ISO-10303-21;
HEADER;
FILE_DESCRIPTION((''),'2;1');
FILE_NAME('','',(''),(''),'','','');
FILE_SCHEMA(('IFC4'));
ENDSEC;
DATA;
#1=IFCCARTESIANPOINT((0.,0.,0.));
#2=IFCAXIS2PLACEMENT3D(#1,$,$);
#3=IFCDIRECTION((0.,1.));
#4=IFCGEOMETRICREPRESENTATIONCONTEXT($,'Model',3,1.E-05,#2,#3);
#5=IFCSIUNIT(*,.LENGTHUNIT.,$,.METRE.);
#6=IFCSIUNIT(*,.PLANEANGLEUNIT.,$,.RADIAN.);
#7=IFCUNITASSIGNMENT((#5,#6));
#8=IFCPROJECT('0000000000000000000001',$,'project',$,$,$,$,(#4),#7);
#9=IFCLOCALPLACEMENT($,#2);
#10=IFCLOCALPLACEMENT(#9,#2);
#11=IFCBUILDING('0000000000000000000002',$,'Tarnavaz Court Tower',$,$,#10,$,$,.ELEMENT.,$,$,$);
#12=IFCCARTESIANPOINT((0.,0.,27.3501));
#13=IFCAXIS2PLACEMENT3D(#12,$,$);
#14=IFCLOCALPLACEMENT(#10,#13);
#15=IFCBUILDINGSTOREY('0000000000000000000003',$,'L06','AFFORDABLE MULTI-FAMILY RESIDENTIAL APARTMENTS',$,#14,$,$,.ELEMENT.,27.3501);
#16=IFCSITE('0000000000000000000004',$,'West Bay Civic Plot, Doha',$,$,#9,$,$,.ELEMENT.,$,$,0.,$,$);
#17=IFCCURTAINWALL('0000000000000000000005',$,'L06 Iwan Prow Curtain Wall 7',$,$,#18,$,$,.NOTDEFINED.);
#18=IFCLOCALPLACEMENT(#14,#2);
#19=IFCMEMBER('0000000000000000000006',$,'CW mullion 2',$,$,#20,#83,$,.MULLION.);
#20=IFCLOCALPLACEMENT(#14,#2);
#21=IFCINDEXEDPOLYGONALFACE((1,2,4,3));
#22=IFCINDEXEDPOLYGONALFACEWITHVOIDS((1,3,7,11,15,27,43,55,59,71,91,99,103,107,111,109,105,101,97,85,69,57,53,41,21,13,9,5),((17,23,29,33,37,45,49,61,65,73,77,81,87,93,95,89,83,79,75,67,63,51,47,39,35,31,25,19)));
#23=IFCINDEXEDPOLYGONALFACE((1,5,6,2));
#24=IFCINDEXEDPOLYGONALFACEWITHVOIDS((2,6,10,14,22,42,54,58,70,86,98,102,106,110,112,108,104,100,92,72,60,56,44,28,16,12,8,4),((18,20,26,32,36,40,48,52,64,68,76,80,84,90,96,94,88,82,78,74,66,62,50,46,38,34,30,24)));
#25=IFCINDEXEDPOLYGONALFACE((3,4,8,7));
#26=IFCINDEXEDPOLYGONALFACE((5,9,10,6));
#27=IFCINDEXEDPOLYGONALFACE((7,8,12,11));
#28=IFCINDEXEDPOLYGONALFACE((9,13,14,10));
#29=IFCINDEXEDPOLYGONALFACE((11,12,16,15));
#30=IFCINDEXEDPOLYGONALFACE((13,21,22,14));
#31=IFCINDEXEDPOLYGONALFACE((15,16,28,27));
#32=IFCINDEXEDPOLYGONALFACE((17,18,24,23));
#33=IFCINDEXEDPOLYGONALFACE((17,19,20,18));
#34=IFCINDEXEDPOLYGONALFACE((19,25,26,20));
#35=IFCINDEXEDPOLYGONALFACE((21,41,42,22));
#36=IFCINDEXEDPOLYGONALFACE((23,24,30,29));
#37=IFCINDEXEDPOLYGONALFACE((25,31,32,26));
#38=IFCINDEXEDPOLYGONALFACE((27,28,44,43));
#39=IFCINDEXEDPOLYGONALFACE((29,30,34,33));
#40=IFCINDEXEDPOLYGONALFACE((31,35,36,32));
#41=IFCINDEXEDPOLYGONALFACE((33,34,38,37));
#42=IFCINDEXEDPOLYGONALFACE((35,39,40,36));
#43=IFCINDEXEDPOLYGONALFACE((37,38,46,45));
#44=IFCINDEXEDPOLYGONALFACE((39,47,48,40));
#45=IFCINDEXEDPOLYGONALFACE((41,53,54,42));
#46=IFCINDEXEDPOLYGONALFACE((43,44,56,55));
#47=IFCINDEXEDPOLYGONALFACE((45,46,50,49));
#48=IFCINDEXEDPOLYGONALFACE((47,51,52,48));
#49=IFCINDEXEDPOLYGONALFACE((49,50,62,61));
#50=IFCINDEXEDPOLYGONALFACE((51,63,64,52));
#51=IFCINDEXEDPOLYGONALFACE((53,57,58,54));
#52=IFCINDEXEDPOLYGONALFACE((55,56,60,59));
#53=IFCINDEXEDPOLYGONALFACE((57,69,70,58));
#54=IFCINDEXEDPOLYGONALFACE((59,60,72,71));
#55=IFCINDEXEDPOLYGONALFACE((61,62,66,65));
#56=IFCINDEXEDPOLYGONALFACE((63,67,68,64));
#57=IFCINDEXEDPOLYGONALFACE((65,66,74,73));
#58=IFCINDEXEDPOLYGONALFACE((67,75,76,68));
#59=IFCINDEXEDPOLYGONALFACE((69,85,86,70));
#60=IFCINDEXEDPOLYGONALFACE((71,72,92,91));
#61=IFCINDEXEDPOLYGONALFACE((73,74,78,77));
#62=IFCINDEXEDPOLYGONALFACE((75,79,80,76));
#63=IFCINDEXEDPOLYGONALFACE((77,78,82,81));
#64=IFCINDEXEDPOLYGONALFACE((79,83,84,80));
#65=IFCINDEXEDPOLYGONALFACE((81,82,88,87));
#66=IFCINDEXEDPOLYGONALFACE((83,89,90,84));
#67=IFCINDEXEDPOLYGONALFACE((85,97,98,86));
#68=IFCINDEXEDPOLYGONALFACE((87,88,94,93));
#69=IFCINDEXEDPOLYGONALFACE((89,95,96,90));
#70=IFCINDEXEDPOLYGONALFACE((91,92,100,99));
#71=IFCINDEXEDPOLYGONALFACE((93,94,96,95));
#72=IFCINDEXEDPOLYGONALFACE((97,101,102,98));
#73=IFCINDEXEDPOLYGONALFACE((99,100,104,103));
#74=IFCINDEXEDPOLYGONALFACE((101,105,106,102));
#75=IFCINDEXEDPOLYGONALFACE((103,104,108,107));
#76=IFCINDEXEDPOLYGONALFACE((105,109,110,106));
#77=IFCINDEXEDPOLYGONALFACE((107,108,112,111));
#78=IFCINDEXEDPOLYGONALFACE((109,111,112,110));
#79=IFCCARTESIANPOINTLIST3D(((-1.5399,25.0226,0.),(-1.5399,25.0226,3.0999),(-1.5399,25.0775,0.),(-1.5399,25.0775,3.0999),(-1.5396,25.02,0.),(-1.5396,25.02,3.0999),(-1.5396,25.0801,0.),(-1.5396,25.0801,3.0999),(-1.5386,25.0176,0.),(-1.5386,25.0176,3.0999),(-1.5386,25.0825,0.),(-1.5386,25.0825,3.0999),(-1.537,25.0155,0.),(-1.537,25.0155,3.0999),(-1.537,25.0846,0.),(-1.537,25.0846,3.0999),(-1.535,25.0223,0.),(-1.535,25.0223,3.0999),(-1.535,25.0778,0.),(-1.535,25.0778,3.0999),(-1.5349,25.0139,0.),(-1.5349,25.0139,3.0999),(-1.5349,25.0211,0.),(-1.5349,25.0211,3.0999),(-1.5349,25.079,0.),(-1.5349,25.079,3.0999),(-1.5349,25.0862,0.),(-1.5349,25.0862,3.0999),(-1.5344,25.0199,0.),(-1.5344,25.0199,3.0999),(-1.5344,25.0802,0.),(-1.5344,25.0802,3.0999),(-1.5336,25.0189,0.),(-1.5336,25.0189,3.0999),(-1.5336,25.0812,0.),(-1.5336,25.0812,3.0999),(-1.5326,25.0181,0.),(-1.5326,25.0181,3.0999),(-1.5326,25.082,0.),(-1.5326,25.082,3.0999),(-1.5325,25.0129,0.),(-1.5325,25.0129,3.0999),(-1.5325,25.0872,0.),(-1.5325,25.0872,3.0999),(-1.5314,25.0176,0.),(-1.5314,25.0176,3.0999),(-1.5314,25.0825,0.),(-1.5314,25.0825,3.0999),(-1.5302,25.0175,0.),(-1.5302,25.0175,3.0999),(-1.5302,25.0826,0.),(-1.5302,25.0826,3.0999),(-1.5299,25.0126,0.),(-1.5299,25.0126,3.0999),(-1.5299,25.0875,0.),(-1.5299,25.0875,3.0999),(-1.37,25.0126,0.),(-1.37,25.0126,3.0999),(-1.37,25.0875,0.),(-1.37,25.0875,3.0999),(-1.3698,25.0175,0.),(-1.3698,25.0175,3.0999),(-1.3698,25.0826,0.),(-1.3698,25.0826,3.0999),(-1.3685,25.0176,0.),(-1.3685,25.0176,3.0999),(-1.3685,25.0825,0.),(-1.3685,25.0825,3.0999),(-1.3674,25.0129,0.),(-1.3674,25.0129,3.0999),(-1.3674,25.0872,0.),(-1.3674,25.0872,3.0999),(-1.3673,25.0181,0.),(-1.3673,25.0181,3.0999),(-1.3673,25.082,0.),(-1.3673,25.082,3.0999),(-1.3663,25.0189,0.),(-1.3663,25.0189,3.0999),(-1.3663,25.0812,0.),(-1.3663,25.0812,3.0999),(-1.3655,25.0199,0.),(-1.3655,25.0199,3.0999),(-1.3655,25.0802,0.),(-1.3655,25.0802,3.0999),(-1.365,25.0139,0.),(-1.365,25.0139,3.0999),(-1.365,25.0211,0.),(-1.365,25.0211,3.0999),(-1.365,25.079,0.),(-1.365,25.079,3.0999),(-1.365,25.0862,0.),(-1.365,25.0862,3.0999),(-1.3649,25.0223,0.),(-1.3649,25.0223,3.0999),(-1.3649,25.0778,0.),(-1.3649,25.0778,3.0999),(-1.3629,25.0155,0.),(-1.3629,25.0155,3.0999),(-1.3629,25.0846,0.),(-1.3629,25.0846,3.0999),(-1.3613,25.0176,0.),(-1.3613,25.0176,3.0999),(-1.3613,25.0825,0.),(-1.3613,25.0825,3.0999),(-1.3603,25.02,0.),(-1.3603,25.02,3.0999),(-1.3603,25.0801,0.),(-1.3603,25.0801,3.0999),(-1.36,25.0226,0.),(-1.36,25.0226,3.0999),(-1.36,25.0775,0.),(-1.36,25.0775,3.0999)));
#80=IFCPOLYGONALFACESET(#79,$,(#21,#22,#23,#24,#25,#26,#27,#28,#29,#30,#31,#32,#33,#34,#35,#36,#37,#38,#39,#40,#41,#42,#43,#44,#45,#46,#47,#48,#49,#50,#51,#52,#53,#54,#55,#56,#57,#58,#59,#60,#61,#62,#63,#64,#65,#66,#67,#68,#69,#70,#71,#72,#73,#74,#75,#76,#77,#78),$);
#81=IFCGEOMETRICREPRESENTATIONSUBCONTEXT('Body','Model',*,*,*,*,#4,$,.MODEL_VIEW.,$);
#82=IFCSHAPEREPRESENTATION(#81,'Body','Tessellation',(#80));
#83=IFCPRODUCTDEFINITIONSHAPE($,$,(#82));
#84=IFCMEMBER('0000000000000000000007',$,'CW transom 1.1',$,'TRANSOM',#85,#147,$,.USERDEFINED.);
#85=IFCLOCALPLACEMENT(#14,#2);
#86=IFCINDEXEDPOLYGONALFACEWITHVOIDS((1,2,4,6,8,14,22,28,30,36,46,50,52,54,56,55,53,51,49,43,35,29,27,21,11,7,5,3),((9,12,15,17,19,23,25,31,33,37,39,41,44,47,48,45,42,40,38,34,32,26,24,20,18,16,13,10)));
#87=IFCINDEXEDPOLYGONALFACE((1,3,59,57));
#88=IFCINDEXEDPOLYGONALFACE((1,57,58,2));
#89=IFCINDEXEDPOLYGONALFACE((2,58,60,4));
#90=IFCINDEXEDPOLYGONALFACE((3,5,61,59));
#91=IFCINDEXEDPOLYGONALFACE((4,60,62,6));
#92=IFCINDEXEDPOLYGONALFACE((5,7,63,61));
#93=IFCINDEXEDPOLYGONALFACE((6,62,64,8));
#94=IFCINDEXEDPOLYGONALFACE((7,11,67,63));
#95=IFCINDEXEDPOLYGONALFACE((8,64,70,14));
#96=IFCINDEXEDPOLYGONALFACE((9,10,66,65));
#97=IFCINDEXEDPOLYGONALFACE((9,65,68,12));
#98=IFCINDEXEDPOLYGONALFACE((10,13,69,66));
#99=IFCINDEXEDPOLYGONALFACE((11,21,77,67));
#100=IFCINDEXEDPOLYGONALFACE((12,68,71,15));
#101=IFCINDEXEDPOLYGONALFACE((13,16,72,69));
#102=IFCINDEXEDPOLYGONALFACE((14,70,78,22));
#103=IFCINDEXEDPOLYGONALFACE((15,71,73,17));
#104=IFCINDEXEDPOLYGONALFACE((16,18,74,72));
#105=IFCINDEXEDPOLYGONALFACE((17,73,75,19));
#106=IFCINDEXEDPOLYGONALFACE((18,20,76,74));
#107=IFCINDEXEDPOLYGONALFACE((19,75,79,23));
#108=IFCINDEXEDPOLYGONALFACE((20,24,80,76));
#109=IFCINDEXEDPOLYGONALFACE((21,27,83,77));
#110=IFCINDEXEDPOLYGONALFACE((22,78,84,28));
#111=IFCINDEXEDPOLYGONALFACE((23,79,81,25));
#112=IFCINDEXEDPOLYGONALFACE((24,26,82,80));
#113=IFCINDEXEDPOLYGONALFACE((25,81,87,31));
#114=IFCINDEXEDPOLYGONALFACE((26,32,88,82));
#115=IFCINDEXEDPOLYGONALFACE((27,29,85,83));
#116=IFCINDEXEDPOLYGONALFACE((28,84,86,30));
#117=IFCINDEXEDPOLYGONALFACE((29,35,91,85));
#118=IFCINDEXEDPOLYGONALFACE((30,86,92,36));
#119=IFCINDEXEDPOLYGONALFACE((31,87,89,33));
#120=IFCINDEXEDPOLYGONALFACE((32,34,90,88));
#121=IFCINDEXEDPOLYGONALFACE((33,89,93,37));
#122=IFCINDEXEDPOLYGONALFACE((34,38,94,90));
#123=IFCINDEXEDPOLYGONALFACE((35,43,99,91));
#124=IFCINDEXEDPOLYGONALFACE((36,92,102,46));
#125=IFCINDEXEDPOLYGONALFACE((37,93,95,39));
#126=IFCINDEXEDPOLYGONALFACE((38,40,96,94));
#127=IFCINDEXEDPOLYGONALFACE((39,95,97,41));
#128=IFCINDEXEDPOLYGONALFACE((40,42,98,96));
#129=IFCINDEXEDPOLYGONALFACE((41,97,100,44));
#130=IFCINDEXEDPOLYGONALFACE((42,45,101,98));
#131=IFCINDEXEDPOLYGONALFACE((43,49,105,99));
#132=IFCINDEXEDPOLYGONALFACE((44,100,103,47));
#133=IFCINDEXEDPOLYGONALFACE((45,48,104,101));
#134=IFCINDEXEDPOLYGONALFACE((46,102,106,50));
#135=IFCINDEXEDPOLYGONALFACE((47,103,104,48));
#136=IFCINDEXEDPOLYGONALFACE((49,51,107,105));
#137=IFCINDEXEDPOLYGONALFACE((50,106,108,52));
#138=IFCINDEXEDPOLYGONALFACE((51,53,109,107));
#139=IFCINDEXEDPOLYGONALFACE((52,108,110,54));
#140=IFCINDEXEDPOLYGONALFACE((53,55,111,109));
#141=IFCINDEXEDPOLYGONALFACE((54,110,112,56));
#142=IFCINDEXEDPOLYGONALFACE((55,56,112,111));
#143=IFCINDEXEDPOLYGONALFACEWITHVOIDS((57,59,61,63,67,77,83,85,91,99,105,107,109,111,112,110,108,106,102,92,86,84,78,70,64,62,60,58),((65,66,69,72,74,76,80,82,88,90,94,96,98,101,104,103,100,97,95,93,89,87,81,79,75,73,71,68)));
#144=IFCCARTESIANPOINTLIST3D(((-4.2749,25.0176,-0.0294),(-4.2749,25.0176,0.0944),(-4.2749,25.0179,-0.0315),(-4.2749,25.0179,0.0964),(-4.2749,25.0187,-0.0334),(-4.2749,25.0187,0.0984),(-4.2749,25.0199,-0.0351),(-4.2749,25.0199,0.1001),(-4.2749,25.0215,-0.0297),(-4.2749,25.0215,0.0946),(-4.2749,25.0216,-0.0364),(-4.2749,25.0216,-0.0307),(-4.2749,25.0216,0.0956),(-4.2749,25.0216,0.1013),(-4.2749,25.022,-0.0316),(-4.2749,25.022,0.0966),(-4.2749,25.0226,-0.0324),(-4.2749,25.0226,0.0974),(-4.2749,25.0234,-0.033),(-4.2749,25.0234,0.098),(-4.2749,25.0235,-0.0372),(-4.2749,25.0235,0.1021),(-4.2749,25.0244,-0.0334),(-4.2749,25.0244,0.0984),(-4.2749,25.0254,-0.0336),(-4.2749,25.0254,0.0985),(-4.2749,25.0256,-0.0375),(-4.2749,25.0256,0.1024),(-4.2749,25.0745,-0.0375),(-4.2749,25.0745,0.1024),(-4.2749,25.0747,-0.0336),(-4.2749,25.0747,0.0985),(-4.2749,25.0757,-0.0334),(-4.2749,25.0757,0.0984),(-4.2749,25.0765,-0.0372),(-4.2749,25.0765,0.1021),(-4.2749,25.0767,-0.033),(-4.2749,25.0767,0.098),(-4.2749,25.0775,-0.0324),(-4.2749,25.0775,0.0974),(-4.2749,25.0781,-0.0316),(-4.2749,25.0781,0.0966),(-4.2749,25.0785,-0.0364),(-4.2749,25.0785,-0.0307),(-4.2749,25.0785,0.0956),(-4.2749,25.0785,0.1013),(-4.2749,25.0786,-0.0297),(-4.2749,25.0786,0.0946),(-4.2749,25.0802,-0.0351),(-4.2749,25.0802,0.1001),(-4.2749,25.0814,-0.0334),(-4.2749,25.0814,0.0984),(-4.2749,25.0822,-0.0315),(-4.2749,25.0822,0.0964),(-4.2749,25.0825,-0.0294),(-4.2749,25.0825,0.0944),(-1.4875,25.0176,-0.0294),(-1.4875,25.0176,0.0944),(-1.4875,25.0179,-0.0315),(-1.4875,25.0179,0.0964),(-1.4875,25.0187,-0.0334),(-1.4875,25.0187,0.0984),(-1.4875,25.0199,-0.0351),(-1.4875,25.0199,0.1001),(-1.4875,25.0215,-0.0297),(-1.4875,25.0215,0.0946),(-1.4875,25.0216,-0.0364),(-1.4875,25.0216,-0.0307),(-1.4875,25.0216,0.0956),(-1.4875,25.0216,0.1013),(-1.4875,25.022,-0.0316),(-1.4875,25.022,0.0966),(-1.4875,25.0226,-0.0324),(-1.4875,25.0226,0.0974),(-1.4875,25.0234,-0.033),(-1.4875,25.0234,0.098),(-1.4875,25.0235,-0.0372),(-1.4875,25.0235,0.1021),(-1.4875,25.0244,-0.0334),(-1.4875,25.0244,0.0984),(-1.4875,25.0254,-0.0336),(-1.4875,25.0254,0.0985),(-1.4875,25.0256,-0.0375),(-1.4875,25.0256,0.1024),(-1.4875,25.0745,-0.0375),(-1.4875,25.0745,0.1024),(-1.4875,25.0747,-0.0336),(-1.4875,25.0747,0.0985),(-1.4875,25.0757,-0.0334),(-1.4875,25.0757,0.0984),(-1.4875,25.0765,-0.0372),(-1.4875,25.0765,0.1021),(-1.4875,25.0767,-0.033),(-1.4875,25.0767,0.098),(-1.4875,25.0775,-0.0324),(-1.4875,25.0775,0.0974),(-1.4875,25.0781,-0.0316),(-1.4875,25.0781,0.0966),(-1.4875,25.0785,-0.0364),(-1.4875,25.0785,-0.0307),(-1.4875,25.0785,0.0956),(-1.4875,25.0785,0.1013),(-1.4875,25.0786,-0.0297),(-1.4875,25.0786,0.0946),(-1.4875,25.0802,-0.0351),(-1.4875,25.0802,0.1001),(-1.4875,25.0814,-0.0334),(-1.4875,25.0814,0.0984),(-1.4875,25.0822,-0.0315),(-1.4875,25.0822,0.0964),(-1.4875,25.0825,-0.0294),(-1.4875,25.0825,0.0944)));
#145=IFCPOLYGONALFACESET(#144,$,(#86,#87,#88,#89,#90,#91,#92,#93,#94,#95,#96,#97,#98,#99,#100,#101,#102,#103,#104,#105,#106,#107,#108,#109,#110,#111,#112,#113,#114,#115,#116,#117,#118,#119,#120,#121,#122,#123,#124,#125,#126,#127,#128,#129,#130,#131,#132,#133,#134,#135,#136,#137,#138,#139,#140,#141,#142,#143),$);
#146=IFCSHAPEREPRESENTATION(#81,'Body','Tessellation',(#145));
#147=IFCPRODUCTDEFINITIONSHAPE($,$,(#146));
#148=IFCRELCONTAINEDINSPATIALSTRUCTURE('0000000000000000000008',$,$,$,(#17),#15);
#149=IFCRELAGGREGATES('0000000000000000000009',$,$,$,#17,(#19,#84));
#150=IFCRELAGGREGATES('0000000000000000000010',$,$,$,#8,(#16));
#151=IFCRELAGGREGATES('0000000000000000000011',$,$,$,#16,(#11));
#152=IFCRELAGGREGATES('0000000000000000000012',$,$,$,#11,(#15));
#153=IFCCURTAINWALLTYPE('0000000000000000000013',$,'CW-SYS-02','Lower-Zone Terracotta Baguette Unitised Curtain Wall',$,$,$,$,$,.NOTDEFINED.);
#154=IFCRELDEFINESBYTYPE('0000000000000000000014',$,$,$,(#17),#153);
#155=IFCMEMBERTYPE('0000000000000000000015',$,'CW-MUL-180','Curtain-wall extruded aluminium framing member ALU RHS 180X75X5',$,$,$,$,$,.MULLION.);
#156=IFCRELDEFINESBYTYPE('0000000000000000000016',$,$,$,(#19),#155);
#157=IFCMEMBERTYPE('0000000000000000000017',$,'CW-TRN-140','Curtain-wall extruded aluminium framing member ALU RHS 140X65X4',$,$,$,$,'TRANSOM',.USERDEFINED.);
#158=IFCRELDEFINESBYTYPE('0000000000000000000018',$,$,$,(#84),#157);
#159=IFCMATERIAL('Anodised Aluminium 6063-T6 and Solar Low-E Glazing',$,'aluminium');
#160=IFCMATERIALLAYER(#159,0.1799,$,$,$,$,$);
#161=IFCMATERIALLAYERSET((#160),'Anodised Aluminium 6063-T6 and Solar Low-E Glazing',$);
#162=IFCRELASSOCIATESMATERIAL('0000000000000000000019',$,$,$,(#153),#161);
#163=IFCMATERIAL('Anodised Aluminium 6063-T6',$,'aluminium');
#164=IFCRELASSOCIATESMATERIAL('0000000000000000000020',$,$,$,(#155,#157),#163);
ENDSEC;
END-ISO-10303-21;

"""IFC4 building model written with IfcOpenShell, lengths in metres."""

from ifc_helpers import new_model, si_unit, direction, frame, origin, origin_2d, place, context, subcontext, project, spatial, hollow_rectangle, extrude, material, layer, layer_set, material_profile, profile_set, type_object, element, aggregate, save


model = new_model("IFC4")

# Units and contexts
model_context = context("Model", 3, precision=1e-05, world=origin(), true_north=direction((0.0, 1.0)))
body_context = subcontext(model_context, "Body", "Model", "MODEL_VIEW")
ifc_project = project(units=[si_unit("LENGTHUNIT", "METRE"), si_unit("PLANEANGLEUNIT", "RADIAN")], contexts=[model_context])

# Site, building, storey
site_placement = place(None, origin())
site = spatial("IfcSite", under=ifc_project, at=site_placement, Name="West Bay Civic Plot, Doha", CompositionType="ELEMENT", RefElevation=0.0)
building_placement = place(site_placement, origin())
building = spatial("IfcBuilding", under=site, at=building_placement, Name="Tarnavaz Court Tower", CompositionType="ELEMENT")
storey_placement = place(building_placement, frame((0.0, 0.0, 27.3501)))
storey = spatial("IfcBuildingStorey", under=building, at=storey_placement, Name="L06", Description="AFFORDABLE MULTI-FAMILY RESIDENTIAL APARTMENTS", CompositionType="ELEMENT", Elevation=27.3501)

# Curtain wall, members
ifc_material_1 = material(Name="Anodised Aluminium 6063-T6 and Solar Low-E Glazing", Category="aluminium")
ifc_layer_1 = layer(ifc_material_1, 0.1799)
ifc_layer_set_1 = layer_set([ifc_layer_1], Name="Anodised Aluminium 6063-T6 and Solar Low-E Glazing")
curtain_wall_type = type_object("IfcCurtainWallType", Name="CW-SYS-02", Description="Lower-Zone Terracotta Baguette Unitised Curtain Wall", PredefinedType="NOTDEFINED", material=ifc_layer_set_1)
curtain_wall_placement = place(storey_placement, origin())
curtain_wall = element("IfcCurtainWall", 1, at=curtain_wall_placement, inside=storey, type_object=curtain_wall_type, Name="L06 Iwan Prow Curtain Wall 7", PredefinedType="NOTDEFINED")
ifc_material_2 = material(Name="Anodised Aluminium 6063-T6", Category="aluminium")
ifc_material_profile_1 = material_profile(ifc_material_2, hollow_rectangle(XDim=0.075, YDim=0.1799, WallThickness=0.0049, InnerFilletRadius=0.0049, OuterFilletRadius=0.01, at=origin_2d()), Name="ALU RHS 180X75X5")
ifc_profile_set_1 = profile_set([ifc_material_profile_1], Name="Anodised Aluminium 6063-T6")
member_type_1 = type_object("IfcMemberType", Name="CW-MUL-180", Description="Curtain-wall extruded aluminium framing member ALU RHS 180X75X5", PredefinedType="MULLION", material=ifc_profile_set_1)
member_1_placement = place(storey_placement, frame((-1.45, 25.05, 0.0), z_axis=(0.0, 0.0, 1.0), x_axis=(0.0, 1.0, 0.0)))
member_1 = element("IfcMember", 2, at=member_1_placement, type_object=member_type_1, Name="CW mullion 2", PredefinedType="MULLION", context=body_context, shape_type="SweptSolid", body=[
    extrude(hollow_rectangle(XDim=0.075, YDim=0.1799, WallThickness=0.0049, InnerFilletRadius=0.0049, OuterFilletRadius=0.01, at=origin_2d()), origin(), (0.0, 0.0, 1.0), 3.0999),
])
ifc_material_profile_2 = material_profile(ifc_material_2, hollow_rectangle(XDim=0.0649, YDim=0.1399, WallThickness=0.0039, InnerFilletRadius=0.0039, OuterFilletRadius=0.0081, at=origin_2d()), Name="ALU RHS 140X65X4")
ifc_profile_set_2 = profile_set([ifc_material_profile_2], Name="Anodised Aluminium 6063-T6")
member_type_2 = type_object("IfcMemberType", Name="CW-TRN-140", Description="Curtain-wall extruded aluminium framing member ALU RHS 140X65X4", ElementType="TRANSOM", PredefinedType="USERDEFINED", material=ifc_profile_set_2)
member_2_placement = place(storey_placement, frame((-4.2749, 25.05, 0.0325), z_axis=(1.0, 0.0, 0.0), x_axis=(0.0, 1.0, 0.0)))
member_2 = element("IfcMember", 3, at=member_2_placement, type_object=member_type_2, Name="CW transom 1.1", ObjectType="TRANSOM", PredefinedType="USERDEFINED", context=body_context, shape_type="SweptSolid", body=[
    extrude(hollow_rectangle(XDim=0.0649, YDim=0.1399, WallThickness=0.0039, InnerFilletRadius=0.0039, OuterFilletRadius=0.0081, at=origin_2d()), origin(), (0.0, 0.0, 1.0), 2.7874),
])
aggregate(curtain_wall, [member_1, member_2])

save(model, "model.ifc")
